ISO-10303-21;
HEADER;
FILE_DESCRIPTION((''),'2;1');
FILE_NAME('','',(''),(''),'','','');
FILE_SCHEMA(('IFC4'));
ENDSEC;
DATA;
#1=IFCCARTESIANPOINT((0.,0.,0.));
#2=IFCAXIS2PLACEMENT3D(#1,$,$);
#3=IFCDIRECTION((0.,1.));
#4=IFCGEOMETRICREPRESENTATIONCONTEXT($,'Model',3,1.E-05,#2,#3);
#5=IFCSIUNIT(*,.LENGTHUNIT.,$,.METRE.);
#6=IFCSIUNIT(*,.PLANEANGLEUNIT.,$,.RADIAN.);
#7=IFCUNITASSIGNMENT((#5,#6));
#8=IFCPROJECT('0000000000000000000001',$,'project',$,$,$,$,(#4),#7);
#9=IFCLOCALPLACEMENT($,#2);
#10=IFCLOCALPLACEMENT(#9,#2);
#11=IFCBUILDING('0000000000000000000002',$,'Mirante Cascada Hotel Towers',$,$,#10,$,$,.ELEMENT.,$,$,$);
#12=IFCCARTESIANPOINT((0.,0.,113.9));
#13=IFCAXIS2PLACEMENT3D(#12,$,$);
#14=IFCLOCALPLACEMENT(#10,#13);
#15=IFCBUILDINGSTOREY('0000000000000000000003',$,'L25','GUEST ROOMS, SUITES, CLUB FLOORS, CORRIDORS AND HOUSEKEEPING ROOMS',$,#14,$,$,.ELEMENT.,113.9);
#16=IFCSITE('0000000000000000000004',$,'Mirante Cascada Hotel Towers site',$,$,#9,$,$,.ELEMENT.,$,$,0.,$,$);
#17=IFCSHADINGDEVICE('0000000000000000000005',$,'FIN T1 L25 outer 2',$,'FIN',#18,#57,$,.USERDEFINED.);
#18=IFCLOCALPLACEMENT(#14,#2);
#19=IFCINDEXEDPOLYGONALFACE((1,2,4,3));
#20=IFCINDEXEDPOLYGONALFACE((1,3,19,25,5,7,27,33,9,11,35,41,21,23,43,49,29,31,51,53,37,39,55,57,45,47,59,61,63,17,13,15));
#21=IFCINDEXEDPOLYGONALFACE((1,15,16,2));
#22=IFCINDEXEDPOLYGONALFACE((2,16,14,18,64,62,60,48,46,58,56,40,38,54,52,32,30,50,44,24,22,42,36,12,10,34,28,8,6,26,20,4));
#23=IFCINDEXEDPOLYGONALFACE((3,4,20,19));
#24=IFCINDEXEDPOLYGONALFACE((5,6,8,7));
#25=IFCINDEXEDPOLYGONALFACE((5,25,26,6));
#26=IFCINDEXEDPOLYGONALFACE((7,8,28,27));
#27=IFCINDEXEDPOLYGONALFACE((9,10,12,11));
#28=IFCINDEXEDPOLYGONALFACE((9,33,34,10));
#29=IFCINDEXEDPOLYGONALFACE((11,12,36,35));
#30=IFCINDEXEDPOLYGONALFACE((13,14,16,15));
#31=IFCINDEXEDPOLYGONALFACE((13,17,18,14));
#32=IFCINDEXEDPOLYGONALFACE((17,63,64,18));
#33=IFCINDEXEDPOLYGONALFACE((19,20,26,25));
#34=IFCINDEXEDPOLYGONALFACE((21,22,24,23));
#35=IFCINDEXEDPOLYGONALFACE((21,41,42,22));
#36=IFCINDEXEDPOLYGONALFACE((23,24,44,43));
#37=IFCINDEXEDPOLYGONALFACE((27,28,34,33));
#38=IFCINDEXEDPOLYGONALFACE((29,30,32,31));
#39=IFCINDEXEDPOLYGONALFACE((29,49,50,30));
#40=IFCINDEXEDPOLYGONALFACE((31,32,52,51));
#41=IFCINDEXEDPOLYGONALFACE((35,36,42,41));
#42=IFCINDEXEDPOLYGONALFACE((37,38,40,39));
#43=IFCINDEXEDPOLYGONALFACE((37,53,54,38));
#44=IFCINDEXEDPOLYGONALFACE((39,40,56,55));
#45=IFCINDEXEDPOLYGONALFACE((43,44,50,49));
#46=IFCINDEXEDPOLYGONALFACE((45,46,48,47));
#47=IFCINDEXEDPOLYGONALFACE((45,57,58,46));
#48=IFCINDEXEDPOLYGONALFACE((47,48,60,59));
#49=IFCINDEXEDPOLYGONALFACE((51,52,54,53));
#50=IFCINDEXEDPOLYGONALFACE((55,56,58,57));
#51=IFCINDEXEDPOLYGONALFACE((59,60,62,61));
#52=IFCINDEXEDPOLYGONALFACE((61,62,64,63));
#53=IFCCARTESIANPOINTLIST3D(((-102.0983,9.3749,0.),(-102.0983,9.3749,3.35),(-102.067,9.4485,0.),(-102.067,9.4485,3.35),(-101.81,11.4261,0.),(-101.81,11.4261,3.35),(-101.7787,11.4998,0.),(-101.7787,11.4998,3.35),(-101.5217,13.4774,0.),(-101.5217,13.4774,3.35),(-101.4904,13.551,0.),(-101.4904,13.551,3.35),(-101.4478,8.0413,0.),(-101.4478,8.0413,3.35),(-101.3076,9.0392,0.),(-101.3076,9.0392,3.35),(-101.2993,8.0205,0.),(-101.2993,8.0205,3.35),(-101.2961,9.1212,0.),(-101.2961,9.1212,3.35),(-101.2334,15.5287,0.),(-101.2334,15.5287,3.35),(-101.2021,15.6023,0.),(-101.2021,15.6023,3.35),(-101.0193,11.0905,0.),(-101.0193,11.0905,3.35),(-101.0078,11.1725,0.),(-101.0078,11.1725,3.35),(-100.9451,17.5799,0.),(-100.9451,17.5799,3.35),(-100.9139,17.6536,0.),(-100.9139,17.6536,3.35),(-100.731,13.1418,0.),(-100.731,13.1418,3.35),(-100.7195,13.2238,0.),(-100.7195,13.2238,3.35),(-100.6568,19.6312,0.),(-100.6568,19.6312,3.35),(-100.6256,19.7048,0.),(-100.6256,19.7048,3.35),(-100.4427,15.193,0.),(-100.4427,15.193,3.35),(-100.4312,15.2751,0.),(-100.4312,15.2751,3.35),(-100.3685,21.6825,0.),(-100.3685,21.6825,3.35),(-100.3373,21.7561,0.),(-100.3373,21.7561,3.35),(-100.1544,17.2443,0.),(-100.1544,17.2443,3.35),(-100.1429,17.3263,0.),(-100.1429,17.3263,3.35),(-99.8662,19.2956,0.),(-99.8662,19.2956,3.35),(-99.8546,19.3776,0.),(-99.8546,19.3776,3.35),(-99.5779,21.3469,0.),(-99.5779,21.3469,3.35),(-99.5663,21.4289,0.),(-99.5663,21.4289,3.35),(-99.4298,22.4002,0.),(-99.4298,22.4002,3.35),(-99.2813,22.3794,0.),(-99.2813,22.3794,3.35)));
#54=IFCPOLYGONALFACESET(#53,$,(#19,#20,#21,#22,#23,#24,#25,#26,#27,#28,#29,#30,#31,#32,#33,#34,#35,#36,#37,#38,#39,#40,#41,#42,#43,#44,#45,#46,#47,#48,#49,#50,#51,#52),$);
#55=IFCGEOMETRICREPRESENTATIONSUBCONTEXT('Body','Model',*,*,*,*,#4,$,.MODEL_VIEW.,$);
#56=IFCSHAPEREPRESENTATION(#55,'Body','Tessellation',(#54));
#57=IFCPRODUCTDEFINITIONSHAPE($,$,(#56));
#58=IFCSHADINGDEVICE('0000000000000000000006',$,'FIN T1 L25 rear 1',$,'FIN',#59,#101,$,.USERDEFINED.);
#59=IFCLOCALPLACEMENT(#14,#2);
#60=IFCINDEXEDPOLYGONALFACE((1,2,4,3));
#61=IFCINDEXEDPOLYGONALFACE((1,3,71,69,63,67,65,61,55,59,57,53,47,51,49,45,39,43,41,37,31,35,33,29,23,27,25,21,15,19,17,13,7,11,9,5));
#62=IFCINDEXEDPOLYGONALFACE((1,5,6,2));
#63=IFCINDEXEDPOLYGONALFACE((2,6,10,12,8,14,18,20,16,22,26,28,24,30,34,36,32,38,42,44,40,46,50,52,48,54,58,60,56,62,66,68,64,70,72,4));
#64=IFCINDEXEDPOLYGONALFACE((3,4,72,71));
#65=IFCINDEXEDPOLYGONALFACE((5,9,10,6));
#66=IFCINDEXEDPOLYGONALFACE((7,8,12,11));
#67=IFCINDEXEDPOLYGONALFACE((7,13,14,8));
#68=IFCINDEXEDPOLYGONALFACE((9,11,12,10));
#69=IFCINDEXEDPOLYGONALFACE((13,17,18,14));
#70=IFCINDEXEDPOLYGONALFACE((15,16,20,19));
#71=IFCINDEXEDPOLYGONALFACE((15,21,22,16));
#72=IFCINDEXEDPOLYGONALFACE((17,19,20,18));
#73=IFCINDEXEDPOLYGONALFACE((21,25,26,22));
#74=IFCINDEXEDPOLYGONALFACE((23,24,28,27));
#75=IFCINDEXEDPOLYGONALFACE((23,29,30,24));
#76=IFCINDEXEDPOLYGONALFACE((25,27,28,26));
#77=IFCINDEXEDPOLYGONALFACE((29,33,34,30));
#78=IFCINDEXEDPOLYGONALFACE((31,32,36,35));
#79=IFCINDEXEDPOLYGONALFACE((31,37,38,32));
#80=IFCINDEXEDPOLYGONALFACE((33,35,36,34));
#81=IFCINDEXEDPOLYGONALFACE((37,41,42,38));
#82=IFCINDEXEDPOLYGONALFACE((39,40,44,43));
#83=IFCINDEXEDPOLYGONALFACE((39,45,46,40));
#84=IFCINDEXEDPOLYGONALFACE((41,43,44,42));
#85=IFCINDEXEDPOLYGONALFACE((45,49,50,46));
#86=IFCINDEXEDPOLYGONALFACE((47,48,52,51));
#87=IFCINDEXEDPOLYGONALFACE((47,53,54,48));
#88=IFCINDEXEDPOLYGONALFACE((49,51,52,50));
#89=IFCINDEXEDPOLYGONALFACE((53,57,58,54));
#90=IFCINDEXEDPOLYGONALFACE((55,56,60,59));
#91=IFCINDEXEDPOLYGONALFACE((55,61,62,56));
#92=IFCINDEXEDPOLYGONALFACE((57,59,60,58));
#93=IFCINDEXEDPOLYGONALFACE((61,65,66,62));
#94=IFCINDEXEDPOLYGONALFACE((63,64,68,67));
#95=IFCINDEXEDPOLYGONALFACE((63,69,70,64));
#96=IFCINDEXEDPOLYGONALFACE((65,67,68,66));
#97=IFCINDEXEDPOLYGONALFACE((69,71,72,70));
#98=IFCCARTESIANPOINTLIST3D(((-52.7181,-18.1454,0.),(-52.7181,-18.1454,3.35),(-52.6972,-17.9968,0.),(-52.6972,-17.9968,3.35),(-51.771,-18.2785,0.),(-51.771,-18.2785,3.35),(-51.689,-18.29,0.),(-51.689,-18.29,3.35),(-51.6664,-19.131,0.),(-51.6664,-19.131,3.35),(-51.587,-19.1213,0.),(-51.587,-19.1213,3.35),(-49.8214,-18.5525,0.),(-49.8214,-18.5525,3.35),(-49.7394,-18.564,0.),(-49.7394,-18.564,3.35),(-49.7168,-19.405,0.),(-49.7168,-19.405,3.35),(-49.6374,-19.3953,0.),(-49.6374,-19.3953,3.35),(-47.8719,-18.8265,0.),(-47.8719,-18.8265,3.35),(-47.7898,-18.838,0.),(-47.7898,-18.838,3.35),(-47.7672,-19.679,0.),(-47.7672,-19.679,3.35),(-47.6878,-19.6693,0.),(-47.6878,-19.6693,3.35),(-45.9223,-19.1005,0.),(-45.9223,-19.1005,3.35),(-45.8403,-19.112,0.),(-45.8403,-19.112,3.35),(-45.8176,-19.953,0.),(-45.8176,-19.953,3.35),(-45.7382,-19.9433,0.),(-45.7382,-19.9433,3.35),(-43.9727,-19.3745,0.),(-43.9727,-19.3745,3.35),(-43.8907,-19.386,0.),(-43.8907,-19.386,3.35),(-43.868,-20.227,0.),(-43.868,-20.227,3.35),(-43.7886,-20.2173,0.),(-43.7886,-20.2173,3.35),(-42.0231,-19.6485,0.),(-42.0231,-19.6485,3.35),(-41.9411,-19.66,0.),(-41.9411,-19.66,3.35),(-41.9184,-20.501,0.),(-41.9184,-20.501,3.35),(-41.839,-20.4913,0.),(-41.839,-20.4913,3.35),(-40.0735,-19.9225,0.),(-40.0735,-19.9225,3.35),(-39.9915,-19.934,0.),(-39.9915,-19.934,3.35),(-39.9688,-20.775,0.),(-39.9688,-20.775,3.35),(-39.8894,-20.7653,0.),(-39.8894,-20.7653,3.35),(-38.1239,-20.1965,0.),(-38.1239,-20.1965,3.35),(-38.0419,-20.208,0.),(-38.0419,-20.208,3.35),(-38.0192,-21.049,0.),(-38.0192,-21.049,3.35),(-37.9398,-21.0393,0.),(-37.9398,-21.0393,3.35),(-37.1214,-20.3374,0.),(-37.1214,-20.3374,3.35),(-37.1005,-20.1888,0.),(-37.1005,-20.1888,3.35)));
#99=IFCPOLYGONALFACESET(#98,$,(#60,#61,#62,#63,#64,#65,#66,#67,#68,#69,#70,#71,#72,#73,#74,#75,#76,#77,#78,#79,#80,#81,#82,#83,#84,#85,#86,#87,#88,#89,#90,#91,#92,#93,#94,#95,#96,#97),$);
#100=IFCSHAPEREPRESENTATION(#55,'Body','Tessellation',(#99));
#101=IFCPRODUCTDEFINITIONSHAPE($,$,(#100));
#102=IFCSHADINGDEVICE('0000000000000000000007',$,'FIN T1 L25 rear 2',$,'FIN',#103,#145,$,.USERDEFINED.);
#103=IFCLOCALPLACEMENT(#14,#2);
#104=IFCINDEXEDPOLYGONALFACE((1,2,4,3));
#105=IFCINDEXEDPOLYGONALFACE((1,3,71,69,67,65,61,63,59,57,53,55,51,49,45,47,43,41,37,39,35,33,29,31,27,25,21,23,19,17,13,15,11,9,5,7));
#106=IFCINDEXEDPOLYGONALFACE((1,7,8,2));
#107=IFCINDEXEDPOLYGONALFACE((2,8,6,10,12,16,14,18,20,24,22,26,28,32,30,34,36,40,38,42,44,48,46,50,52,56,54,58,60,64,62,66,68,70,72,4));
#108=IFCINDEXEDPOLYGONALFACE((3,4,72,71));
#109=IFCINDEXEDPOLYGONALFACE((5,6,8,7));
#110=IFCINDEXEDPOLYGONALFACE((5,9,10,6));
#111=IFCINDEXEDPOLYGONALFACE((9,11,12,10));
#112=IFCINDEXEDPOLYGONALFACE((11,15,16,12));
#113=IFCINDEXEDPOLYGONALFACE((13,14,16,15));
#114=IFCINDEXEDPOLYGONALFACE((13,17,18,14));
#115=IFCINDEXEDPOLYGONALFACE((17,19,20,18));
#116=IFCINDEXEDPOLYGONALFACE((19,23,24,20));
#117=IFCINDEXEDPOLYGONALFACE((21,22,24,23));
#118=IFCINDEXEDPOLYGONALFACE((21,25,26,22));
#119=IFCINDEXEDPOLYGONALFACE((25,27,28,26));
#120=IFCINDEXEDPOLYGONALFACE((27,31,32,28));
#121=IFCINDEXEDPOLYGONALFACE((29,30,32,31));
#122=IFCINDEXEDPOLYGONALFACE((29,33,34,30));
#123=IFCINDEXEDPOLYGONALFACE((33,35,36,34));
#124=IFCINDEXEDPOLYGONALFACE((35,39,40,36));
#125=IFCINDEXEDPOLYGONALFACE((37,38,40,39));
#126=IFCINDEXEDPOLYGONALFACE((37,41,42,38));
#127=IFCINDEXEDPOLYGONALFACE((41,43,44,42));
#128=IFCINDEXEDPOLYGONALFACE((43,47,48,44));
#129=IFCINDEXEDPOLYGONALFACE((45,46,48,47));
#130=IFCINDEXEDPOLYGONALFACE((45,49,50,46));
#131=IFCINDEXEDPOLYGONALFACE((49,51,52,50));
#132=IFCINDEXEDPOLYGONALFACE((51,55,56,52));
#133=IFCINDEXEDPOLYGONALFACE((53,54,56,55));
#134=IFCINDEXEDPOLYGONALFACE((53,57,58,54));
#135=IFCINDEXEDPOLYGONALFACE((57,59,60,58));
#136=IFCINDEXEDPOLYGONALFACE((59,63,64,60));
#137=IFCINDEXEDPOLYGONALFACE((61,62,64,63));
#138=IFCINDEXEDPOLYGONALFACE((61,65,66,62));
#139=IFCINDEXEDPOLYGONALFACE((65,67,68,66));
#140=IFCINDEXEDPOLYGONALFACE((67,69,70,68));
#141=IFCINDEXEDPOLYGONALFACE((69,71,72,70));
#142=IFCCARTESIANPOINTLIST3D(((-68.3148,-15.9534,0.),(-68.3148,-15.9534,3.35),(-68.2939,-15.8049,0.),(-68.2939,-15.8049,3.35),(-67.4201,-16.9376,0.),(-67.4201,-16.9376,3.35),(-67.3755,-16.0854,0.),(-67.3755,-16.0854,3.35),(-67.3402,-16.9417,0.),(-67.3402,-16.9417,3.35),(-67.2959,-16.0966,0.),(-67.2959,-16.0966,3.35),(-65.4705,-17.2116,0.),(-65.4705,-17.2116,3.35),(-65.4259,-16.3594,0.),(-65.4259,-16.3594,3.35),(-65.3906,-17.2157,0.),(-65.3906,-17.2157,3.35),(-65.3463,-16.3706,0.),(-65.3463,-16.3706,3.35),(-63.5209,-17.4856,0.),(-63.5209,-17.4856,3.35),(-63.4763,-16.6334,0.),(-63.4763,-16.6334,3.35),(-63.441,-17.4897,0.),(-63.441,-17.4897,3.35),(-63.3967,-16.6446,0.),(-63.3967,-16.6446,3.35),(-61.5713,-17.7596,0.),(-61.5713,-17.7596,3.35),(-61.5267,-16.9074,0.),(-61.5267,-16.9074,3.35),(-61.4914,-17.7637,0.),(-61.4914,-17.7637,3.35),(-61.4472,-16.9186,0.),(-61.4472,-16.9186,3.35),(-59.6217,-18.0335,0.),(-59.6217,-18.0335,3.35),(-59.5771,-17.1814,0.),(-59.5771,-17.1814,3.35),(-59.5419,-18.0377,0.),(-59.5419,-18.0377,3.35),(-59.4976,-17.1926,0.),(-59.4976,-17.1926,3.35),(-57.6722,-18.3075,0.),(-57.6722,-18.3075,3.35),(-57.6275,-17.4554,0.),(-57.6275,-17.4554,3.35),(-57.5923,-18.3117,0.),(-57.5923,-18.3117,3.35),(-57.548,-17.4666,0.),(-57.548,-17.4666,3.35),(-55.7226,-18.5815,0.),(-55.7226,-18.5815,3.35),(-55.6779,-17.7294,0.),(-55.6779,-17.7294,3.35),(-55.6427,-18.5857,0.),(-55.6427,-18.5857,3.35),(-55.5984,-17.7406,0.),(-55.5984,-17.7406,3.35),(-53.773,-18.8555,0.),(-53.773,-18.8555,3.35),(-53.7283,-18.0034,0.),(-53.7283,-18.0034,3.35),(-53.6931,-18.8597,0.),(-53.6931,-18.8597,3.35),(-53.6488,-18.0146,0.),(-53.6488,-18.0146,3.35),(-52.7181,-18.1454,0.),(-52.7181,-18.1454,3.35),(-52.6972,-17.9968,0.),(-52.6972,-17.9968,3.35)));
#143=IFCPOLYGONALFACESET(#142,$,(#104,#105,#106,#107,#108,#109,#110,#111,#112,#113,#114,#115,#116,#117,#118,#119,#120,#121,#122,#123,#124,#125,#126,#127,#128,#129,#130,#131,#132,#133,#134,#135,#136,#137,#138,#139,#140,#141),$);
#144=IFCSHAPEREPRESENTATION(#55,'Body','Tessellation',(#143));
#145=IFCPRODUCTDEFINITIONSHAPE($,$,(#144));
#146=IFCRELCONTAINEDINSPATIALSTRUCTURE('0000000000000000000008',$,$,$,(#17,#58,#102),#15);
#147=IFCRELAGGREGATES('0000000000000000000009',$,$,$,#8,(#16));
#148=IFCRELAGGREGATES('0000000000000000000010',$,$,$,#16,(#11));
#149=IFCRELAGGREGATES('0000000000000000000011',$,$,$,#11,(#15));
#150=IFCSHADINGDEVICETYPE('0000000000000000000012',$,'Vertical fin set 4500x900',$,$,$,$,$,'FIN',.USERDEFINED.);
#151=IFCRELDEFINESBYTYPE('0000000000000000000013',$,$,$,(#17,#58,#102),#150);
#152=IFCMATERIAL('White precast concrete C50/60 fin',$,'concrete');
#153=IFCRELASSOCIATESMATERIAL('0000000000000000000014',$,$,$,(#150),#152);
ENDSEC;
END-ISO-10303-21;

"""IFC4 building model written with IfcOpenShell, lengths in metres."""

from ifc_helpers import new_model, si_unit, direction, frame, origin, place, context, subcontext, project, spatial, polyline, outline, extrude, material, type_object, element, save


model = new_model("IFC4")

# Units and contexts
model_context = context("Model", 3, precision=1e-05, world=origin(), true_north=direction((0.0, 1.0)))
body_context = subcontext(model_context, "Body", "Model", "MODEL_VIEW")
ifc_project = project(units=[si_unit("LENGTHUNIT", "METRE"), si_unit("PLANEANGLEUNIT", "RADIAN")], contexts=[model_context])

# Site, building, storey
site_placement = place(None, origin())
site = spatial("IfcSite", under=ifc_project, at=site_placement, Name="Mirante Cascada Hotel Towers site", CompositionType="ELEMENT", RefElevation=0.0)
building_placement = place(site_placement, origin())
building = spatial("IfcBuilding", under=site, at=building_placement, Name="Mirante Cascada Hotel Towers", CompositionType="ELEMENT")
storey_placement = place(building_placement, frame((0.0, 0.0, 113.9)))
storey = spatial("IfcBuildingStorey", under=building, at=storey_placement, Name="L25", Description="GUEST ROOMS, SUITES, CLUB FLOORS, CORRIDORS AND HOUSEKEEPING ROOMS", CompositionType="ELEMENT", Elevation=113.9)

# Shading devices
ifc_material_1 = material(Name="White precast concrete C50/60 fin", Category="concrete")
shading_device_type = type_object("IfcShadingDeviceType", Name="Vertical fin set 4500x900", ElementType="FIN", PredefinedType="USERDEFINED", material=ifc_material_1)
shading_device_1_placement = place(storey_placement, origin())
element("IfcShadingDevice", 1, at=shading_device_1_placement, inside=storey, type_object=shading_device_type, Name="FIN T1 L25 outer 2", ObjectType="FIN", PredefinedType="USERDEFINED", context=body_context, shape_type="SweptSolid", body=[
    extrude(outline(polyline([(-101.2961, 9.1212), (-101.0193, 11.0905), (-101.81, 11.4261), (-101.7787, 11.4998), (-101.0078, 11.1725), (-100.731, 13.1418), (-101.5217, 13.4774), (-101.4904, 13.551), (-100.7195, 13.2238), (-100.4427, 15.193), (-101.2334, 15.5287), (-101.2021, 15.6023), (-100.4312, 15.2751), (-100.1544, 17.2443), (-100.9451, 17.5799), (-100.9139, 17.6536), (-100.1429, 17.3263), (-99.8662, 19.2956), (-100.6568, 19.6312), (-100.6256, 19.7048), (-99.8546, 19.3776), (-99.5779, 21.3469), (-100.3685, 21.6825), (-100.3373, 21.7561), (-99.5663, 21.4289), (-99.4298, 22.4002), (-99.2813, 22.3794), (-101.2993, 8.0205), (-101.4478, 8.0413), (-101.3076, 9.0392), (-102.0983, 9.3749), (-102.067, 9.4485), (-101.2961, 9.1212)])), origin(), (0.0, 0.0, 1.0), 3.35),
])
shading_device_2_placement = place(storey_placement, origin())
element("IfcShadingDevice", 2, at=shading_device_2_placement, inside=storey, type_object=shading_device_type, Name="FIN T1 L25 rear 1", ObjectType="FIN", PredefinedType="USERDEFINED", context=body_context, shape_type="SweptSolid", body=[
    extrude(outline(polyline([(-38.1239, -20.1965), (-39.9915, -19.934), (-39.8894, -20.7653), (-39.9688, -20.775), (-40.0735, -19.9225), (-41.9411, -19.66), (-41.839, -20.4913), (-41.9184, -20.501), (-42.0231, -19.6485), (-43.8907, -19.386), (-43.7886, -20.2173), (-43.868, -20.227), (-43.9727, -19.3745), (-45.8403, -19.112), (-45.7382, -19.9433), (-45.8176, -19.953), (-45.9223, -19.1005), (-47.7898, -18.838), (-47.6878, -19.6693), (-47.7672, -19.679), (-47.8719, -18.8265), (-49.7394, -18.564), (-49.6374, -19.3953), (-49.7168, -19.405), (-49.8214, -18.5525), (-51.689, -18.29), (-51.587, -19.1213), (-51.6664, -19.131), (-51.771, -18.2785), (-52.7181, -18.1454), (-52.6972, -17.9968), (-37.1005, -20.1888), (-37.1214, -20.3374), (-38.0419, -20.208), (-37.9398, -21.0393), (-38.0192, -21.049), (-38.1239, -20.1965)])), origin(), (0.0, 0.0, 1.0), 3.35),
])
shading_device_3_placement = place(storey_placement, origin())
element("IfcShadingDevice", 3, at=shading_device_3_placement, inside=storey, type_object=shading_device_type, Name="FIN T1 L25 rear 2", ObjectType="FIN", PredefinedType="USERDEFINED", context=body_context, shape_type="SweptSolid", body=[
    extrude(outline(polyline([(-53.7283, -18.0034), (-55.5984, -17.7406), (-55.6427, -18.5857), (-55.7226, -18.5815), (-55.6779, -17.7294), (-57.548, -17.4666), (-57.5923, -18.3117), (-57.6722, -18.3075), (-57.6275, -17.4554), (-59.4976, -17.1926), (-59.5419, -18.0377), (-59.6217, -18.0335), (-59.5771, -17.1814), (-61.4472, -16.9186), (-61.4914, -17.7637), (-61.5713, -17.7596), (-61.5267, -16.9074), (-63.3967, -16.6446), (-63.441, -17.4897), (-63.5209, -17.4856), (-63.4763, -16.6334), (-65.3463, -16.3706), (-65.3906, -17.2157), (-65.4705, -17.2116), (-65.4259, -16.3594), (-67.2959, -16.0966), (-67.3402, -16.9417), (-67.4201, -16.9376), (-67.3755, -16.0854), (-68.3148, -15.9534), (-68.2939, -15.8049), (-52.6972, -17.9968), (-52.7181, -18.1454), (-53.6488, -18.0146), (-53.6931, -18.8597), (-53.773, -18.8555), (-53.7283, -18.0034)])), origin(), (0.0, 0.0, 1.0), 3.35),
])

save(model, "model.ifc")
